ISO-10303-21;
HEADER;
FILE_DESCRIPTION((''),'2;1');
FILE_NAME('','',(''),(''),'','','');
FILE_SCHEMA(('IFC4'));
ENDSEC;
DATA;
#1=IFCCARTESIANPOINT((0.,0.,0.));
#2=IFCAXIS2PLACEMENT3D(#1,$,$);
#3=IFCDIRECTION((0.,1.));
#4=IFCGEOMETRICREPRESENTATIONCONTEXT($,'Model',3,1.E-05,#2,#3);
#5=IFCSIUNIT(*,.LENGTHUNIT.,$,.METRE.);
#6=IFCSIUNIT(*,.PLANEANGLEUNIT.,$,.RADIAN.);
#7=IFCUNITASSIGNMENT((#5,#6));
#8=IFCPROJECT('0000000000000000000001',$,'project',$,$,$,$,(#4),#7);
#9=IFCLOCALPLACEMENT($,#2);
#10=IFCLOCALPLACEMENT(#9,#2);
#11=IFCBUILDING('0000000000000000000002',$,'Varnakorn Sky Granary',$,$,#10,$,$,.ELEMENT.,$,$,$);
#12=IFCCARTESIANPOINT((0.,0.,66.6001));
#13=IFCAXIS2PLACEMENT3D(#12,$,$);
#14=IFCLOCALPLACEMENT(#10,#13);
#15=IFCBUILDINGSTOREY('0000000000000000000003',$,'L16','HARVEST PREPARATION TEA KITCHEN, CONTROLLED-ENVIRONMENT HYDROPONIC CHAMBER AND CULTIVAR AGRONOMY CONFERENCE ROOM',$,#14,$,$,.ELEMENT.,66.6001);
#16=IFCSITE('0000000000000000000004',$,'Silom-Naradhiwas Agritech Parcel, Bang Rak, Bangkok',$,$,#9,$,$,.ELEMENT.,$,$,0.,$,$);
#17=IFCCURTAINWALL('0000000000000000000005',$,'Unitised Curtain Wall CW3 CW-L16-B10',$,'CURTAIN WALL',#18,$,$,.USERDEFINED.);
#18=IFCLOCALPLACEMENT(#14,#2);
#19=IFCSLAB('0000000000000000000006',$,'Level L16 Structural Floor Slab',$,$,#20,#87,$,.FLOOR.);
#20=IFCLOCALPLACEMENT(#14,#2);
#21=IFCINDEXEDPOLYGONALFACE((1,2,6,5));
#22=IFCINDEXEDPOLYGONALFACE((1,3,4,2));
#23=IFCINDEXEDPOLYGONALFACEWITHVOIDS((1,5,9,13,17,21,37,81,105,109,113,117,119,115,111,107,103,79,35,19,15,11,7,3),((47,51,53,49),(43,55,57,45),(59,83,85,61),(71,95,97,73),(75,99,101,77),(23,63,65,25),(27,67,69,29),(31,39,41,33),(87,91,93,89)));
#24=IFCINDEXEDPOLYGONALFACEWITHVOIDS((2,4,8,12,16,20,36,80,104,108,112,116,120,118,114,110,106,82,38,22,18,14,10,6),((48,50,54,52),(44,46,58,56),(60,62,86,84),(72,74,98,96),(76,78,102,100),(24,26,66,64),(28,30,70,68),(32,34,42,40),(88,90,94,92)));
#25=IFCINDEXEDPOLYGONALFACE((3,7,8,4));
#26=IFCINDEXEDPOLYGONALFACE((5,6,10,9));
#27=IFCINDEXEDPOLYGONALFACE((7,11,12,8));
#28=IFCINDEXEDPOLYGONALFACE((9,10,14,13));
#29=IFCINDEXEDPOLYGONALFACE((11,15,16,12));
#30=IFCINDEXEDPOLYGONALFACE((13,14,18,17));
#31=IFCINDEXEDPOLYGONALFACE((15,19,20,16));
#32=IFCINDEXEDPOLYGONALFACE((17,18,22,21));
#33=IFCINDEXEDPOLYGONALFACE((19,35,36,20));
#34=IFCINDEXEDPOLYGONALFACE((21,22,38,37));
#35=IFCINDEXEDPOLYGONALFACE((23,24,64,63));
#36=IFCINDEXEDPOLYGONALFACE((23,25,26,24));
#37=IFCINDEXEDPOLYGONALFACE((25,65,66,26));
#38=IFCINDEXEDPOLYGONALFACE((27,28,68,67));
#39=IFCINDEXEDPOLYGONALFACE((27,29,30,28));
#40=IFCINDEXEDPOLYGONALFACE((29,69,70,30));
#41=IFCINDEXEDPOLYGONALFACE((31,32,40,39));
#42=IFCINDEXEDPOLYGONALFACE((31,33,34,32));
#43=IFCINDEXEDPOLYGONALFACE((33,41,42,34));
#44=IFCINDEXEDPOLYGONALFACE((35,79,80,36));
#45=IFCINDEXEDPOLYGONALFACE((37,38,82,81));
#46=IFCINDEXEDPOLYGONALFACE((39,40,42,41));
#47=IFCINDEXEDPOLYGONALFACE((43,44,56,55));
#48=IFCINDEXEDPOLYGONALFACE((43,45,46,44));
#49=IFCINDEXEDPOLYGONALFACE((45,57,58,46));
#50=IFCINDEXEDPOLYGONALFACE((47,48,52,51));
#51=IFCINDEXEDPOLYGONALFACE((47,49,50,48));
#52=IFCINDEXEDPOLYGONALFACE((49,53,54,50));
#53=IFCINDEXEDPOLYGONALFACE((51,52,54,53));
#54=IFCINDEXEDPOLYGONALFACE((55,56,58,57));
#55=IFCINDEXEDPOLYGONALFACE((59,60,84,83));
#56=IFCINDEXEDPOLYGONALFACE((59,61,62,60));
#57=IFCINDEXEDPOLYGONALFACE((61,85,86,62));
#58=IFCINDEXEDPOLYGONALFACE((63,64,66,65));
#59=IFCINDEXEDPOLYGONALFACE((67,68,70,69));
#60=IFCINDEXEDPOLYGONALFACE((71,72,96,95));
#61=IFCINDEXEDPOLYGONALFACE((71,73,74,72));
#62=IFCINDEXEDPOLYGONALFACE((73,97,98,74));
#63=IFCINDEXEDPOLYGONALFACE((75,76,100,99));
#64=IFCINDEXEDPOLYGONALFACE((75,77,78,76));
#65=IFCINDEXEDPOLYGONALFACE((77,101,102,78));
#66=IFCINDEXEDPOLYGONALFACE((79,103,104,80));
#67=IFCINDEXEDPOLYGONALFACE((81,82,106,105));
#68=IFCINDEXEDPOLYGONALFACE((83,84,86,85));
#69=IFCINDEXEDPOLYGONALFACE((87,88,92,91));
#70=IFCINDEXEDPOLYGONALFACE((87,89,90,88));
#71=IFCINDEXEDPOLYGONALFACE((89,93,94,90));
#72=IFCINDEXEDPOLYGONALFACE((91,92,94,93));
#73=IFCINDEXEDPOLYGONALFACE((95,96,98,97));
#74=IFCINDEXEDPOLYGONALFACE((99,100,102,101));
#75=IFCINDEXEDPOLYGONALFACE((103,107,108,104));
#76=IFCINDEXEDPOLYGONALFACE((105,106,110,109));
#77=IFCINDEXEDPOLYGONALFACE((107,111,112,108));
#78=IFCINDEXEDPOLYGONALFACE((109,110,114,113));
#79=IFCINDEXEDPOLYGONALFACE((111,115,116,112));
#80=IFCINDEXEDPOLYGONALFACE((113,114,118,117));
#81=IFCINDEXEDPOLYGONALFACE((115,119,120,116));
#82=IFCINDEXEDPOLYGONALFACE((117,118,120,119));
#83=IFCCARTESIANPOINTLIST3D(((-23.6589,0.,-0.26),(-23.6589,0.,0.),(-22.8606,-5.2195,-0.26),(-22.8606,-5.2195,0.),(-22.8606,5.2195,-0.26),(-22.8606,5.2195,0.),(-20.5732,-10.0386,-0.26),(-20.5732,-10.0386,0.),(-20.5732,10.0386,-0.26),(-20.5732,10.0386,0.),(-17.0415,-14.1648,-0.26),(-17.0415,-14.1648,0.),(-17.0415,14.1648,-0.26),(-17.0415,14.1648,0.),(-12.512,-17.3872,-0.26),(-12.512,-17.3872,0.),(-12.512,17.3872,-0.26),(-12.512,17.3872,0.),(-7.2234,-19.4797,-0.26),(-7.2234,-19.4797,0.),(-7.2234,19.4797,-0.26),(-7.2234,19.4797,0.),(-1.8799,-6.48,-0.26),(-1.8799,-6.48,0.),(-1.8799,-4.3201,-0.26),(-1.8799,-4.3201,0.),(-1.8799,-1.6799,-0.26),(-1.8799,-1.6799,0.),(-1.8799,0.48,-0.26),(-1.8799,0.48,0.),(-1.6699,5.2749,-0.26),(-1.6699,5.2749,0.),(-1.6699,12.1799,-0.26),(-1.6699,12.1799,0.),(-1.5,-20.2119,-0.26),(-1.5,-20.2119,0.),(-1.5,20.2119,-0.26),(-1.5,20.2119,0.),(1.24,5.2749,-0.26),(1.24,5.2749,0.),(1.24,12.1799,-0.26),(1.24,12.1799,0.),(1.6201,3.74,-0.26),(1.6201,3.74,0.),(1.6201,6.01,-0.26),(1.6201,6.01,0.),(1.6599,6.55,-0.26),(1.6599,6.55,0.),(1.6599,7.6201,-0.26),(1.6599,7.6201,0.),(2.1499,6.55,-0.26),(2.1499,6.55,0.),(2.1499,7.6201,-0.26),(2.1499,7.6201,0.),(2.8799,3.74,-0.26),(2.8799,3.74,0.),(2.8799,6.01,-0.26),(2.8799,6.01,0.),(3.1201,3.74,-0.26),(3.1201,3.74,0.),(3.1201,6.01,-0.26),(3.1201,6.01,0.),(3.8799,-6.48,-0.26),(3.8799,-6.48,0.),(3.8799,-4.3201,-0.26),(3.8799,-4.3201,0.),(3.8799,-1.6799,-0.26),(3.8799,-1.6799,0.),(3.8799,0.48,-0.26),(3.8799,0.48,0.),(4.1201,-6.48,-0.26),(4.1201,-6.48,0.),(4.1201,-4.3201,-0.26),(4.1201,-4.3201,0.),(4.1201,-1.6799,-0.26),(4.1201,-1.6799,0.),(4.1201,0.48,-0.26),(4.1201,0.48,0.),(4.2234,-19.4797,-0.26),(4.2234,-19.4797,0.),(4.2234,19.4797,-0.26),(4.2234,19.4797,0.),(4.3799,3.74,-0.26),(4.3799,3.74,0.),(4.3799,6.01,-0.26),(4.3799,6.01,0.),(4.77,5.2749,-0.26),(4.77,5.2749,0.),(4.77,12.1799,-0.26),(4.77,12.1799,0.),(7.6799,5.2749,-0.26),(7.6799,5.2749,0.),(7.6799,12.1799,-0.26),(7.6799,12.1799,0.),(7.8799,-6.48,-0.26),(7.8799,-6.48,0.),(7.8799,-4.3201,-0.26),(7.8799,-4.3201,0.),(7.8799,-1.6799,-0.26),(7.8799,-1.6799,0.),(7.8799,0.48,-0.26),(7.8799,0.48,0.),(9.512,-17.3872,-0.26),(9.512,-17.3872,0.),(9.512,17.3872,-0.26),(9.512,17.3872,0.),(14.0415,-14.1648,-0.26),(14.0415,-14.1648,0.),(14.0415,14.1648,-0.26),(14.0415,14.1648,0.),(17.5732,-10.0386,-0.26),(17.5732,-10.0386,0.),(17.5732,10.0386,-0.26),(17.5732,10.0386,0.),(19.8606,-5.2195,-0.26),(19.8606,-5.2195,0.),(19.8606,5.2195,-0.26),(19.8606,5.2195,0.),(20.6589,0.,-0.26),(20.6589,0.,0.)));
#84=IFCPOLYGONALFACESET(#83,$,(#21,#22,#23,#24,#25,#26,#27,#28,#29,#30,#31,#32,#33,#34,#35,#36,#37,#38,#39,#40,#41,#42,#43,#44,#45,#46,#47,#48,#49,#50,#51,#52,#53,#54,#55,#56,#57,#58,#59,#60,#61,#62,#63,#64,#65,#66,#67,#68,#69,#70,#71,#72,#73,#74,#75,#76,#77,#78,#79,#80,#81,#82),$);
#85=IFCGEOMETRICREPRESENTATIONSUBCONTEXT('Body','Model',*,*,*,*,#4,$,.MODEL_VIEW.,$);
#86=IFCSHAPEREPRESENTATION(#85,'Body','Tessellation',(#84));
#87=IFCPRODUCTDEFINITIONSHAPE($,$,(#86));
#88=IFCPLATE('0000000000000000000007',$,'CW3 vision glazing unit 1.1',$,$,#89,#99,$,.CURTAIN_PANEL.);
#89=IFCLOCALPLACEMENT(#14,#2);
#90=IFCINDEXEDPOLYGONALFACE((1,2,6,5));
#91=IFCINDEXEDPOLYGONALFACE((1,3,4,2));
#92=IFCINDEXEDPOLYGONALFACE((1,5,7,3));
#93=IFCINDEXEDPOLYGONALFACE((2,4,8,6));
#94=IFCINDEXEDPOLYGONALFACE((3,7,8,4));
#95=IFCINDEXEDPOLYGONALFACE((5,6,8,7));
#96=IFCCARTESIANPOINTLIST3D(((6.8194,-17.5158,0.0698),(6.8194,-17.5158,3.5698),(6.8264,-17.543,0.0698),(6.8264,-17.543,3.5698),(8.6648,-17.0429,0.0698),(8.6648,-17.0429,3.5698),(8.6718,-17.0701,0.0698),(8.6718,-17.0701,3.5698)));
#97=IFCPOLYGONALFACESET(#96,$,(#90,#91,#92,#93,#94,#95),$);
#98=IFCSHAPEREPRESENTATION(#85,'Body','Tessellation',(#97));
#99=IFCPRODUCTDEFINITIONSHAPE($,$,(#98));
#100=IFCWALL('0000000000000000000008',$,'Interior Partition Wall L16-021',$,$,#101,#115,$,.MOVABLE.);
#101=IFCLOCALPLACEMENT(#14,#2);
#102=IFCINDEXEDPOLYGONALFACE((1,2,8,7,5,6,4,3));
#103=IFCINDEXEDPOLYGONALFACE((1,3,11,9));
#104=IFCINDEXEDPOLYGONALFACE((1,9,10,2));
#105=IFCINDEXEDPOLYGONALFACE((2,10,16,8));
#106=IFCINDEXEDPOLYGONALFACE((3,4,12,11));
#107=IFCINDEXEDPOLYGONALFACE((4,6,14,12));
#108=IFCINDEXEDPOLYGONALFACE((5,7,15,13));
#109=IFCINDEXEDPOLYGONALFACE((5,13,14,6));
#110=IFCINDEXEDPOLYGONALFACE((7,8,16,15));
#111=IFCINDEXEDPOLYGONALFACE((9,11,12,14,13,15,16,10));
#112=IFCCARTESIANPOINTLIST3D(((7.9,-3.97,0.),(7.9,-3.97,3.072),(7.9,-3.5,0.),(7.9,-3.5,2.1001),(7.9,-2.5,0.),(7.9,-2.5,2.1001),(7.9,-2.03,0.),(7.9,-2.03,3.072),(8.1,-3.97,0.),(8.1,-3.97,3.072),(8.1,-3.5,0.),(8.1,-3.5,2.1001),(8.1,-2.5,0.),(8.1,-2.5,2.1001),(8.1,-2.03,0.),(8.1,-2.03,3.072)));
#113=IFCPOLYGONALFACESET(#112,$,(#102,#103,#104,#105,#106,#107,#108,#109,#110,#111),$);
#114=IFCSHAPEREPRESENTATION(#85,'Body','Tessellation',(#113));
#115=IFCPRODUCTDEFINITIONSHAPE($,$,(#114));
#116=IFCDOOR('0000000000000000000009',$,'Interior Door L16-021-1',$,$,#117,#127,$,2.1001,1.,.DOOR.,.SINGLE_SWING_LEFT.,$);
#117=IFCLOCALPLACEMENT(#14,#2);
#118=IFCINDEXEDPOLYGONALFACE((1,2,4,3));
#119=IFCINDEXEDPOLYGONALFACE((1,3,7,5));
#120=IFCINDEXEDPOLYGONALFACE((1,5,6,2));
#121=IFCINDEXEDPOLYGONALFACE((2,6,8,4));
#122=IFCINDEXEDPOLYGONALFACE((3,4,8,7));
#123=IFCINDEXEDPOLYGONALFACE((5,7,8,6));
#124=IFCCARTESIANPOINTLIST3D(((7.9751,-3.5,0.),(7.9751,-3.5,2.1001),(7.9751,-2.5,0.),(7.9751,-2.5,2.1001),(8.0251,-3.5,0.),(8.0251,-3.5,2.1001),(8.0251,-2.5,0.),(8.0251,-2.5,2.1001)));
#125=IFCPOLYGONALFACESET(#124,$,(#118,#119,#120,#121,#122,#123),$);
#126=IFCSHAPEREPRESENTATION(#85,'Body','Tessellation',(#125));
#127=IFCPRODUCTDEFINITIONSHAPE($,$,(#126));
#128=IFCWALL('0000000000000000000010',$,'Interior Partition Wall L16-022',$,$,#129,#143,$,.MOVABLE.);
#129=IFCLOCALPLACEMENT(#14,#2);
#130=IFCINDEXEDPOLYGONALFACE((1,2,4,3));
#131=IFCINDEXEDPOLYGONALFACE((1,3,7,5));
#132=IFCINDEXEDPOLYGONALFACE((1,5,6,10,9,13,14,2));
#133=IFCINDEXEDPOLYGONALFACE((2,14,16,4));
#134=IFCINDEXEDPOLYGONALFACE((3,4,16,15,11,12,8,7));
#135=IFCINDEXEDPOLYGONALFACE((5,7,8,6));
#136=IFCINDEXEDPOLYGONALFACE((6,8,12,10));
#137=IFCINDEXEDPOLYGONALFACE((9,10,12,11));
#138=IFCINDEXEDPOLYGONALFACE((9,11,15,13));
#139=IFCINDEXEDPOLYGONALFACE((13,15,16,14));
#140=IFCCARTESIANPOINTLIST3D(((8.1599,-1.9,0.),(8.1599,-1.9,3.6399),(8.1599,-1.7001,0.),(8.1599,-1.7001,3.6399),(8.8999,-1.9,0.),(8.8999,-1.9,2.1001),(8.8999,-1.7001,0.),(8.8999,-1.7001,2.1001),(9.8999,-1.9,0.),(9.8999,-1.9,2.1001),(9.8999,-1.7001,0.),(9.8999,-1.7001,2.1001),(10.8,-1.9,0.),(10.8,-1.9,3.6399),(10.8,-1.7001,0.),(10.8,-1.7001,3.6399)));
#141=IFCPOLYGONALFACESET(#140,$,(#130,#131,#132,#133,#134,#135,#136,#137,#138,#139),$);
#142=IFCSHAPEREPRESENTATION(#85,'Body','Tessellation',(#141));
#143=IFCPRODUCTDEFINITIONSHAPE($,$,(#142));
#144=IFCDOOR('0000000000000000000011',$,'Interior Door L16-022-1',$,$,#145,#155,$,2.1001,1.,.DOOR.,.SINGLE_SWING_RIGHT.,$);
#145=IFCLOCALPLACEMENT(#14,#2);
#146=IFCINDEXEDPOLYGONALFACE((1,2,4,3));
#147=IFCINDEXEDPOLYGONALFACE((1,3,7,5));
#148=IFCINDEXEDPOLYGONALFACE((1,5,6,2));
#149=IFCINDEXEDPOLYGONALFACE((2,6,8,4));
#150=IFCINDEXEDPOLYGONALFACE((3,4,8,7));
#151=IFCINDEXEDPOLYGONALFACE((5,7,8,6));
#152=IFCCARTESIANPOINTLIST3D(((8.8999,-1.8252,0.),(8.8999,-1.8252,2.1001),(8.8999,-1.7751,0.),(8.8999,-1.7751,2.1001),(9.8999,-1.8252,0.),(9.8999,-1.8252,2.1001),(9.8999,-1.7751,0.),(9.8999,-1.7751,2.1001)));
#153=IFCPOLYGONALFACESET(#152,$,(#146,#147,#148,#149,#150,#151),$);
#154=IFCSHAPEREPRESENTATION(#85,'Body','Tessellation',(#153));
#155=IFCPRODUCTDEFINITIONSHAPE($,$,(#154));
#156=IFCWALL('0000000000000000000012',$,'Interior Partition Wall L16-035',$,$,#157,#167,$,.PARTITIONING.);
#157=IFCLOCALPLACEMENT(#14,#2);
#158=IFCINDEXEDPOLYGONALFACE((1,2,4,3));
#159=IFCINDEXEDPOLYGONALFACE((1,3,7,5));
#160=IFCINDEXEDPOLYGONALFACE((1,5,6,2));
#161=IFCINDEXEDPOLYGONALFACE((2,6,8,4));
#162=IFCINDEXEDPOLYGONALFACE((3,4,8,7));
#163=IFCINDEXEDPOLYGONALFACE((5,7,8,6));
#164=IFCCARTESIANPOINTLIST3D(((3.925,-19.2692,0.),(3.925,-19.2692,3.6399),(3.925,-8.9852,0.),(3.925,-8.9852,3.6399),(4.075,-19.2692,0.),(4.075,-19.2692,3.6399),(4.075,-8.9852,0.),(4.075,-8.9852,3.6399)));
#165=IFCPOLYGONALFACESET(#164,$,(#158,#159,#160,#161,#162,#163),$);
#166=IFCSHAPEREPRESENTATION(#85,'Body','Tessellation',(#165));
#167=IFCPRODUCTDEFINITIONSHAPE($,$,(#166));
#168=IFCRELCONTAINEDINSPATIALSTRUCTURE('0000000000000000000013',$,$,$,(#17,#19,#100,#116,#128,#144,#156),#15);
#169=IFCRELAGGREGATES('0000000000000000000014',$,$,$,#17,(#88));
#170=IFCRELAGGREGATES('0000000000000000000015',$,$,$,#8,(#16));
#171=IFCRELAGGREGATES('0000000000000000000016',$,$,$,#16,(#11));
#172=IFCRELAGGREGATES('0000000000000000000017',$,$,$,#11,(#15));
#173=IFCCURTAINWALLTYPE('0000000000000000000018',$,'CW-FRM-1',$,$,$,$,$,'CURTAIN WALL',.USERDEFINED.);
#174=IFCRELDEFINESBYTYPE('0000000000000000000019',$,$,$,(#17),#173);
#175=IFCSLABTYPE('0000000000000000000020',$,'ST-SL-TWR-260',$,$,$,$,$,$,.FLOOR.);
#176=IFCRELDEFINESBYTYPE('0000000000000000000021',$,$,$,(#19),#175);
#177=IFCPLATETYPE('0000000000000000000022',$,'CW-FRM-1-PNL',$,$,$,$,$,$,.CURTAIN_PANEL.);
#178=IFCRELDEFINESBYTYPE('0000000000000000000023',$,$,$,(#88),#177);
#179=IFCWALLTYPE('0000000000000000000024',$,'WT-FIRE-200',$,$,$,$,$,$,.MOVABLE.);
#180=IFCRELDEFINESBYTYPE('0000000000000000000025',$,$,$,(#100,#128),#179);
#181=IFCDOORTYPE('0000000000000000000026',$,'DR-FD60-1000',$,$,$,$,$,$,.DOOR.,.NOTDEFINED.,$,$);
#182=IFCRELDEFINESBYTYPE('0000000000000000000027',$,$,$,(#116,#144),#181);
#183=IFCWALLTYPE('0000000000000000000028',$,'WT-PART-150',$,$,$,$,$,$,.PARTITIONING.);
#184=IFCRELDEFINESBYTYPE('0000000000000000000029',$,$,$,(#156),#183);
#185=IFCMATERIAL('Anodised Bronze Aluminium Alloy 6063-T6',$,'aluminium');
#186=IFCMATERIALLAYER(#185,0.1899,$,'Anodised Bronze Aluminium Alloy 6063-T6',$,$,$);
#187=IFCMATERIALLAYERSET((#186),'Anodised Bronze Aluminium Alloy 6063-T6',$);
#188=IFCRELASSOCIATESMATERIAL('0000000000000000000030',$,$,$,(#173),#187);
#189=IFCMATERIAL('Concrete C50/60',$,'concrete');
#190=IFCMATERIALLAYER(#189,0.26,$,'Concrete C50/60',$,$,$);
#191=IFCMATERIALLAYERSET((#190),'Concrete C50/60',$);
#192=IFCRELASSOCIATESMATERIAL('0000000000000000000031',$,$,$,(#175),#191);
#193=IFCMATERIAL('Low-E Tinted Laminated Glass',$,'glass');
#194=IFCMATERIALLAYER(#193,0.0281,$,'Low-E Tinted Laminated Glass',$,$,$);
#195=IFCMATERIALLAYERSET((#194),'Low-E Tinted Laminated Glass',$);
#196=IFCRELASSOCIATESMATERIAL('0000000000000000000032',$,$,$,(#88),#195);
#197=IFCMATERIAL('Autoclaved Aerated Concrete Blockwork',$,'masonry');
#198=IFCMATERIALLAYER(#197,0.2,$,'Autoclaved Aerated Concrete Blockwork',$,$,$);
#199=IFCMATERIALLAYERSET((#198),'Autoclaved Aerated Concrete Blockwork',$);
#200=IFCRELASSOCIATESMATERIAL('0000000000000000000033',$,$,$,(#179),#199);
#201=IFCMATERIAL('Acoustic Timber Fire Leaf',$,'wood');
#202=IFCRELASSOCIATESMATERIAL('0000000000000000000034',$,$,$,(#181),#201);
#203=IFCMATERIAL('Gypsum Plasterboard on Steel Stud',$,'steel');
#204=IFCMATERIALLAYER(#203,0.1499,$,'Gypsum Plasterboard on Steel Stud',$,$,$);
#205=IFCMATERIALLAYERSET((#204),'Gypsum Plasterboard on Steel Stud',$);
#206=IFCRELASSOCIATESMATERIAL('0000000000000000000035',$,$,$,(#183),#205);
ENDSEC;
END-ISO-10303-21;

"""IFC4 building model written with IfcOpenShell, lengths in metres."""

from ifc_helpers import new_model, si_unit, direction, frame, frame_2d, origin, origin_2d, place, context, subcontext, project, spatial, polyline, rectangle, outline, extrude, source, transform, mapped, material, layer, layer_set, type_object, type_shapes, element, fill, aggregate, save


model = new_model("IFC4")

# Units and contexts
model_context = context("Model", 3, precision=1e-05, world=origin(), true_north=direction((0.0, 1.0)))
body_context = subcontext(model_context, "Body", "Model", "MODEL_VIEW")
ifc_project = project(units=[si_unit("LENGTHUNIT", "METRE"), si_unit("PLANEANGLEUNIT", "RADIAN")], contexts=[model_context])

# Site, building, storey
site_placement = place(None, origin())
site = spatial("IfcSite", under=ifc_project, at=site_placement, Name="Silom-Naradhiwas Agritech Parcel, Bang Rak, Bangkok", CompositionType="ELEMENT", RefElevation=0.0)
building_placement = place(site_placement, origin())
building = spatial("IfcBuilding", under=site, at=building_placement, Name="Varnakorn Sky Granary", CompositionType="ELEMENT")
storey_placement = place(building_placement, frame((0.0, 0.0, 66.6001)))
storey = spatial("IfcBuildingStorey", under=building, at=storey_placement, Name="L16", Description="HARVEST PREPARATION TEA KITCHEN, CONTROLLED-ENVIRONMENT HYDROPONIC CHAMBER AND CULTIVAR AGRONOMY CONFERENCE ROOM", CompositionType="ELEMENT", Elevation=66.6001)

# Curtain wall
ifc_material_1 = material(Name="Anodised Bronze Aluminium Alloy 6063-T6", Category="aluminium")
ifc_layer_1 = layer(ifc_material_1, 0.1899, Name="Anodised Bronze Aluminium Alloy 6063-T6")
ifc_layer_set_1 = layer_set([ifc_layer_1], Name="Anodised Bronze Aluminium Alloy 6063-T6")
curtain_wall_type = type_object("IfcCurtainWallType", Name="CW-FRM-1", ElementType="CURTAIN WALL", PredefinedType="USERDEFINED", material=ifc_layer_set_1)
curtain_wall_placement = place(storey_placement, origin())
curtain_wall = element("IfcCurtainWall", 1, at=curtain_wall_placement, inside=storey, type_object=curtain_wall_type, Name="Unitised Curtain Wall CW3 CW-L16-B10", ObjectType="CURTAIN WALL", PredefinedType="USERDEFINED")

# Slab
ifc_material_2 = material(Name="Concrete C50/60", Category="concrete")
ifc_layer_2 = layer(ifc_material_2, 0.26, Name="Concrete C50/60")
ifc_layer_set_2 = layer_set([ifc_layer_2], Name="Concrete C50/60")
slab_type_1 = type_object("IfcSlabType", Name="ST-SL-TWR-260", PredefinedType="FLOOR", material=ifc_layer_set_2)
slab_1_placement = place(storey_placement, frame((0.0, 0.0, -0.26)))
element("IfcSlab", 2, at=slab_1_placement, inside=storey, type_object=slab_type_1, Name="Level L16 Structural Floor Slab", PredefinedType="FLOOR", context=body_context, shape_type="SweptSolid", body=[
    extrude(outline(polyline([(20.6589, 0.0), (19.8606, 5.2195), (17.5732, 10.0386), (14.0415, 14.1648), (9.512, 17.3872), (4.2234, 19.4797), (-1.5, 20.2119), (-7.2234, 19.4797), (-12.512, 17.3872), (-17.0415, 14.1648), (-20.5732, 10.0386), (-22.8606, 5.2195), (-23.6589, 0.0), (-22.8606, -5.2195), (-20.5732, -10.0386), (-17.0415, -14.1648), (-12.512, -17.3872), (-7.2234, -19.4797), (-1.5, -20.2119), (4.2234, -19.4797), (9.512, -17.3872), (14.0415, -14.1648), (17.5732, -10.0386), (19.8606, -5.2195), (20.6589, 0.0)]), holes=[polyline([(1.24, 5.2749), (1.24, 12.1799), (-1.6699, 12.1799), (-1.6699, 5.2749), (1.24, 5.2749)]), polyline([(7.6799, 5.2749), (7.6799, 12.1799), (4.77, 12.1799), (4.77, 5.2749), (7.6799, 5.2749)]), polyline([(1.6599, 6.55), (2.1499, 6.55), (2.1499, 7.6201), (1.6599, 7.6201), (1.6599, 6.55)]), polyline([(1.6201, 3.74), (2.8799, 3.74), (2.8799, 6.01), (1.6201, 6.01), (1.6201, 3.74)]), polyline([(3.1201, 3.74), (4.3799, 3.74), (4.3799, 6.01), (3.1201, 6.01), (3.1201, 3.74)]), polyline([(-1.8799, -1.6799), (3.8799, -1.6799), (3.8799, 0.48), (-1.8799, 0.48), (-1.8799, -1.6799)]), polyline([(4.1201, -1.6799), (7.8799, -1.6799), (7.8799, 0.48), (4.1201, 0.48), (4.1201, -1.6799)]), polyline([(-1.8799, -6.48), (3.8799, -6.48), (3.8799, -4.3201), (-1.8799, -4.3201), (-1.8799, -6.48)]), polyline([(4.1201, -6.48), (7.8799, -6.48), (7.8799, -4.3201), (4.1201, -4.3201), (4.1201, -6.48)])]), origin(), (0.0, 0.0, 1.0), 0.26),
])

# Plate
ifc_material_3 = material(Name="Low-E Tinted Laminated Glass", Category="glass")
ifc_layer_3 = layer(ifc_material_3, 0.0281, Name="Low-E Tinted Laminated Glass")
ifc_layer_set_3 = layer_set([ifc_layer_3], Name="Low-E Tinted Laminated Glass")
plate_type = type_object("IfcPlateType", Name="CW-FRM-1-PNL", PredefinedType="CURTAIN_PANEL")
shared_shape = source(origin(), body_context, "Body", "SweptSolid", [
    extrude(rectangle(XDim=1.905, YDim=0.0281, at=origin_2d()), origin(), (0.0, 0.0, 1.0), 3.5),
])
type_shapes(plate_type, [shared_shape])
plate_placement = place(storey_placement, frame((7.7456, -17.293, 0.0698), z_axis=(0.0, 0.0, 1.0), x_axis=(-0.968706, -0.248211, 0.0)))
plate = element("IfcPlate", 3, at=plate_placement, type_object=plate_type, material=ifc_layer_set_3, Name="CW3 vision glazing unit 1.1", PredefinedType="CURTAIN_PANEL", context=body_context, shape_type="MappedRepresentation", body=[
    mapped(shared_shape, transform((0.0, 0.0, 0.0), x_axis=(1.0, 0.0, 0.0), y_axis=(0.0, 1.0, 0.0), z_axis=(0.0, 0.0, 1.0), scale=1.0)),
])
aggregate(curtain_wall, [plate])

# Walls, openings, doors
ifc_material_4 = material(Name="Autoclaved Aerated Concrete Blockwork", Category="masonry")
ifc_layer_4 = layer(ifc_material_4, 0.2, Name="Autoclaved Aerated Concrete Blockwork")
ifc_layer_set_4 = layer_set([ifc_layer_4], Name="Autoclaved Aerated Concrete Blockwork")
wall_type_1 = type_object("IfcWallType", Name="WT-FIRE-200", PredefinedType="MOVABLE", material=ifc_layer_set_4)
wall_1_placement = place(storey_placement, frame((8.0, -3.97, 0.0), z_axis=(0.0, 0.0, 1.0), x_axis=(0.0, 1.0, 0.0)))
wall_1 = element("IfcWall", 4, at=wall_1_placement, inside=storey, type_object=wall_type_1, Name="Interior Partition Wall L16-021", PredefinedType="MOVABLE", context=body_context, shape_type="SweptSolid", body=[
    extrude(rectangle(XDim=1.9399, YDim=0.2, at=frame_2d((0.97, 0.0))), origin(), (0.0, 0.0, 1.0), 3.072),
])
opening_1_placement = place(wall_1_placement, frame((0.47, 0.0, 0.0)))
opening_1 = element("IfcOpeningElement", 5, at=opening_1_placement, cuts=wall_1, PredefinedType="OPENING", context=body_context, shape_type="SweptSolid", body=[
    extrude(rectangle(XDim=1.0, YDim=2.1001, at=frame_2d((0.5, 1.05))), frame((0.0, 0.1099, 0.0), z_axis=(0.0, -1.0, 0.0), x_axis=(1.0, 0.0, 0.0)), (0.0, 0.0, 1.0), 0.22),
])
ifc_material_5 = material(Name="Acoustic Timber Fire Leaf", Category="wood")
door_type_1 = type_object("IfcDoorType", Name="DR-FD60-1000", OperationType="NOTDEFINED", PredefinedType="DOOR", material=ifc_material_5)
door_1_placement = place(opening_1_placement, origin())
door_1 = element("IfcDoor", 6, at=door_1_placement, inside=storey, type_object=door_type_1, Name="Interior Door L16-021-1", OperationType="SINGLE_SWING_LEFT", OverallHeight=2.1001, OverallWidth=1.0, PredefinedType="DOOR", context=body_context, shape_type="SweptSolid", body=[
    extrude(rectangle(XDim=1.0, YDim=2.1001, at=frame_2d((0.5, 1.05))), frame((0.0, 0.0249, 0.0), z_axis=(0.0, -1.0, 0.0), x_axis=(1.0, 0.0, 0.0)), (0.0, 0.0, 1.0), 0.05),
])
fill(opening_1, door_1)
wall_2_placement = place(storey_placement, frame((8.1599, -1.8, 0.0), z_axis=(0.0, 0.0, 1.0), x_axis=(1.0, 0.0, 0.0)))
wall_2 = element("IfcWall", 7, at=wall_2_placement, inside=storey, type_object=wall_type_1, Name="Interior Partition Wall L16-022", PredefinedType="MOVABLE", context=body_context, shape_type="SweptSolid", body=[
    extrude(rectangle(XDim=2.6401, YDim=0.2, at=frame_2d((1.3201, 0.0))), origin(), (0.0, 0.0, 1.0), 3.6399),
])
opening_2_placement = place(wall_2_placement, frame((0.74, 0.0, 0.0)))
opening_2 = element("IfcOpeningElement", 8, at=opening_2_placement, cuts=wall_2, PredefinedType="OPENING", context=body_context, shape_type="SweptSolid", body=[
    extrude(rectangle(XDim=1.0, YDim=2.1001, at=frame_2d((0.5, 1.05))), frame((0.0, 0.1099, 0.0), z_axis=(0.0, -1.0, 0.0), x_axis=(1.0, 0.0, 0.0)), (0.0, 0.0, 1.0), 0.22),
])
door_2_placement = place(opening_2_placement, origin())
door_2 = element("IfcDoor", 9, at=door_2_placement, inside=storey, type_object=door_type_1, Name="Interior Door L16-022-1", OperationType="SINGLE_SWING_RIGHT", OverallHeight=2.1001, OverallWidth=1.0, PredefinedType="DOOR", context=body_context, shape_type="SweptSolid", body=[
    extrude(rectangle(XDim=1.0, YDim=2.1001, at=frame_2d((0.5, 1.05))), frame((0.0, 0.0249, 0.0), z_axis=(0.0, -1.0, 0.0), x_axis=(1.0, 0.0, 0.0)), (0.0, 0.0, 1.0), 0.05),
])
fill(opening_2, door_2)

# Wall
ifc_material_6 = material(Name="Gypsum Plasterboard on Steel Stud", Category="steel")
ifc_layer_5 = layer(ifc_material_6, 0.1499, Name="Gypsum Plasterboard on Steel Stud")
ifc_layer_set_5 = layer_set([ifc_layer_5], Name="Gypsum Plasterboard on Steel Stud")
wall_type_2 = type_object("IfcWallType", Name="WT-PART-150", PredefinedType="PARTITIONING", material=ifc_layer_set_5)
wall_3_placement = place(storey_placement, frame((4.0, -8.9851, 0.0), z_axis=(0.0, 0.0, 1.0), x_axis=(0.0, -1.0, 0.0)))
element("IfcWall", 10, at=wall_3_placement, inside=storey, type_object=wall_type_2, Name="Interior Partition Wall L16-035", PredefinedType="PARTITIONING", context=body_context, shape_type="SweptSolid", body=[
    extrude(rectangle(XDim=10.2839, YDim=0.1499, at=frame_2d((5.1421, 0.0))), origin(), (0.0, 0.0, 1.0), 3.6399),
])

save(model, "model.ifc")
